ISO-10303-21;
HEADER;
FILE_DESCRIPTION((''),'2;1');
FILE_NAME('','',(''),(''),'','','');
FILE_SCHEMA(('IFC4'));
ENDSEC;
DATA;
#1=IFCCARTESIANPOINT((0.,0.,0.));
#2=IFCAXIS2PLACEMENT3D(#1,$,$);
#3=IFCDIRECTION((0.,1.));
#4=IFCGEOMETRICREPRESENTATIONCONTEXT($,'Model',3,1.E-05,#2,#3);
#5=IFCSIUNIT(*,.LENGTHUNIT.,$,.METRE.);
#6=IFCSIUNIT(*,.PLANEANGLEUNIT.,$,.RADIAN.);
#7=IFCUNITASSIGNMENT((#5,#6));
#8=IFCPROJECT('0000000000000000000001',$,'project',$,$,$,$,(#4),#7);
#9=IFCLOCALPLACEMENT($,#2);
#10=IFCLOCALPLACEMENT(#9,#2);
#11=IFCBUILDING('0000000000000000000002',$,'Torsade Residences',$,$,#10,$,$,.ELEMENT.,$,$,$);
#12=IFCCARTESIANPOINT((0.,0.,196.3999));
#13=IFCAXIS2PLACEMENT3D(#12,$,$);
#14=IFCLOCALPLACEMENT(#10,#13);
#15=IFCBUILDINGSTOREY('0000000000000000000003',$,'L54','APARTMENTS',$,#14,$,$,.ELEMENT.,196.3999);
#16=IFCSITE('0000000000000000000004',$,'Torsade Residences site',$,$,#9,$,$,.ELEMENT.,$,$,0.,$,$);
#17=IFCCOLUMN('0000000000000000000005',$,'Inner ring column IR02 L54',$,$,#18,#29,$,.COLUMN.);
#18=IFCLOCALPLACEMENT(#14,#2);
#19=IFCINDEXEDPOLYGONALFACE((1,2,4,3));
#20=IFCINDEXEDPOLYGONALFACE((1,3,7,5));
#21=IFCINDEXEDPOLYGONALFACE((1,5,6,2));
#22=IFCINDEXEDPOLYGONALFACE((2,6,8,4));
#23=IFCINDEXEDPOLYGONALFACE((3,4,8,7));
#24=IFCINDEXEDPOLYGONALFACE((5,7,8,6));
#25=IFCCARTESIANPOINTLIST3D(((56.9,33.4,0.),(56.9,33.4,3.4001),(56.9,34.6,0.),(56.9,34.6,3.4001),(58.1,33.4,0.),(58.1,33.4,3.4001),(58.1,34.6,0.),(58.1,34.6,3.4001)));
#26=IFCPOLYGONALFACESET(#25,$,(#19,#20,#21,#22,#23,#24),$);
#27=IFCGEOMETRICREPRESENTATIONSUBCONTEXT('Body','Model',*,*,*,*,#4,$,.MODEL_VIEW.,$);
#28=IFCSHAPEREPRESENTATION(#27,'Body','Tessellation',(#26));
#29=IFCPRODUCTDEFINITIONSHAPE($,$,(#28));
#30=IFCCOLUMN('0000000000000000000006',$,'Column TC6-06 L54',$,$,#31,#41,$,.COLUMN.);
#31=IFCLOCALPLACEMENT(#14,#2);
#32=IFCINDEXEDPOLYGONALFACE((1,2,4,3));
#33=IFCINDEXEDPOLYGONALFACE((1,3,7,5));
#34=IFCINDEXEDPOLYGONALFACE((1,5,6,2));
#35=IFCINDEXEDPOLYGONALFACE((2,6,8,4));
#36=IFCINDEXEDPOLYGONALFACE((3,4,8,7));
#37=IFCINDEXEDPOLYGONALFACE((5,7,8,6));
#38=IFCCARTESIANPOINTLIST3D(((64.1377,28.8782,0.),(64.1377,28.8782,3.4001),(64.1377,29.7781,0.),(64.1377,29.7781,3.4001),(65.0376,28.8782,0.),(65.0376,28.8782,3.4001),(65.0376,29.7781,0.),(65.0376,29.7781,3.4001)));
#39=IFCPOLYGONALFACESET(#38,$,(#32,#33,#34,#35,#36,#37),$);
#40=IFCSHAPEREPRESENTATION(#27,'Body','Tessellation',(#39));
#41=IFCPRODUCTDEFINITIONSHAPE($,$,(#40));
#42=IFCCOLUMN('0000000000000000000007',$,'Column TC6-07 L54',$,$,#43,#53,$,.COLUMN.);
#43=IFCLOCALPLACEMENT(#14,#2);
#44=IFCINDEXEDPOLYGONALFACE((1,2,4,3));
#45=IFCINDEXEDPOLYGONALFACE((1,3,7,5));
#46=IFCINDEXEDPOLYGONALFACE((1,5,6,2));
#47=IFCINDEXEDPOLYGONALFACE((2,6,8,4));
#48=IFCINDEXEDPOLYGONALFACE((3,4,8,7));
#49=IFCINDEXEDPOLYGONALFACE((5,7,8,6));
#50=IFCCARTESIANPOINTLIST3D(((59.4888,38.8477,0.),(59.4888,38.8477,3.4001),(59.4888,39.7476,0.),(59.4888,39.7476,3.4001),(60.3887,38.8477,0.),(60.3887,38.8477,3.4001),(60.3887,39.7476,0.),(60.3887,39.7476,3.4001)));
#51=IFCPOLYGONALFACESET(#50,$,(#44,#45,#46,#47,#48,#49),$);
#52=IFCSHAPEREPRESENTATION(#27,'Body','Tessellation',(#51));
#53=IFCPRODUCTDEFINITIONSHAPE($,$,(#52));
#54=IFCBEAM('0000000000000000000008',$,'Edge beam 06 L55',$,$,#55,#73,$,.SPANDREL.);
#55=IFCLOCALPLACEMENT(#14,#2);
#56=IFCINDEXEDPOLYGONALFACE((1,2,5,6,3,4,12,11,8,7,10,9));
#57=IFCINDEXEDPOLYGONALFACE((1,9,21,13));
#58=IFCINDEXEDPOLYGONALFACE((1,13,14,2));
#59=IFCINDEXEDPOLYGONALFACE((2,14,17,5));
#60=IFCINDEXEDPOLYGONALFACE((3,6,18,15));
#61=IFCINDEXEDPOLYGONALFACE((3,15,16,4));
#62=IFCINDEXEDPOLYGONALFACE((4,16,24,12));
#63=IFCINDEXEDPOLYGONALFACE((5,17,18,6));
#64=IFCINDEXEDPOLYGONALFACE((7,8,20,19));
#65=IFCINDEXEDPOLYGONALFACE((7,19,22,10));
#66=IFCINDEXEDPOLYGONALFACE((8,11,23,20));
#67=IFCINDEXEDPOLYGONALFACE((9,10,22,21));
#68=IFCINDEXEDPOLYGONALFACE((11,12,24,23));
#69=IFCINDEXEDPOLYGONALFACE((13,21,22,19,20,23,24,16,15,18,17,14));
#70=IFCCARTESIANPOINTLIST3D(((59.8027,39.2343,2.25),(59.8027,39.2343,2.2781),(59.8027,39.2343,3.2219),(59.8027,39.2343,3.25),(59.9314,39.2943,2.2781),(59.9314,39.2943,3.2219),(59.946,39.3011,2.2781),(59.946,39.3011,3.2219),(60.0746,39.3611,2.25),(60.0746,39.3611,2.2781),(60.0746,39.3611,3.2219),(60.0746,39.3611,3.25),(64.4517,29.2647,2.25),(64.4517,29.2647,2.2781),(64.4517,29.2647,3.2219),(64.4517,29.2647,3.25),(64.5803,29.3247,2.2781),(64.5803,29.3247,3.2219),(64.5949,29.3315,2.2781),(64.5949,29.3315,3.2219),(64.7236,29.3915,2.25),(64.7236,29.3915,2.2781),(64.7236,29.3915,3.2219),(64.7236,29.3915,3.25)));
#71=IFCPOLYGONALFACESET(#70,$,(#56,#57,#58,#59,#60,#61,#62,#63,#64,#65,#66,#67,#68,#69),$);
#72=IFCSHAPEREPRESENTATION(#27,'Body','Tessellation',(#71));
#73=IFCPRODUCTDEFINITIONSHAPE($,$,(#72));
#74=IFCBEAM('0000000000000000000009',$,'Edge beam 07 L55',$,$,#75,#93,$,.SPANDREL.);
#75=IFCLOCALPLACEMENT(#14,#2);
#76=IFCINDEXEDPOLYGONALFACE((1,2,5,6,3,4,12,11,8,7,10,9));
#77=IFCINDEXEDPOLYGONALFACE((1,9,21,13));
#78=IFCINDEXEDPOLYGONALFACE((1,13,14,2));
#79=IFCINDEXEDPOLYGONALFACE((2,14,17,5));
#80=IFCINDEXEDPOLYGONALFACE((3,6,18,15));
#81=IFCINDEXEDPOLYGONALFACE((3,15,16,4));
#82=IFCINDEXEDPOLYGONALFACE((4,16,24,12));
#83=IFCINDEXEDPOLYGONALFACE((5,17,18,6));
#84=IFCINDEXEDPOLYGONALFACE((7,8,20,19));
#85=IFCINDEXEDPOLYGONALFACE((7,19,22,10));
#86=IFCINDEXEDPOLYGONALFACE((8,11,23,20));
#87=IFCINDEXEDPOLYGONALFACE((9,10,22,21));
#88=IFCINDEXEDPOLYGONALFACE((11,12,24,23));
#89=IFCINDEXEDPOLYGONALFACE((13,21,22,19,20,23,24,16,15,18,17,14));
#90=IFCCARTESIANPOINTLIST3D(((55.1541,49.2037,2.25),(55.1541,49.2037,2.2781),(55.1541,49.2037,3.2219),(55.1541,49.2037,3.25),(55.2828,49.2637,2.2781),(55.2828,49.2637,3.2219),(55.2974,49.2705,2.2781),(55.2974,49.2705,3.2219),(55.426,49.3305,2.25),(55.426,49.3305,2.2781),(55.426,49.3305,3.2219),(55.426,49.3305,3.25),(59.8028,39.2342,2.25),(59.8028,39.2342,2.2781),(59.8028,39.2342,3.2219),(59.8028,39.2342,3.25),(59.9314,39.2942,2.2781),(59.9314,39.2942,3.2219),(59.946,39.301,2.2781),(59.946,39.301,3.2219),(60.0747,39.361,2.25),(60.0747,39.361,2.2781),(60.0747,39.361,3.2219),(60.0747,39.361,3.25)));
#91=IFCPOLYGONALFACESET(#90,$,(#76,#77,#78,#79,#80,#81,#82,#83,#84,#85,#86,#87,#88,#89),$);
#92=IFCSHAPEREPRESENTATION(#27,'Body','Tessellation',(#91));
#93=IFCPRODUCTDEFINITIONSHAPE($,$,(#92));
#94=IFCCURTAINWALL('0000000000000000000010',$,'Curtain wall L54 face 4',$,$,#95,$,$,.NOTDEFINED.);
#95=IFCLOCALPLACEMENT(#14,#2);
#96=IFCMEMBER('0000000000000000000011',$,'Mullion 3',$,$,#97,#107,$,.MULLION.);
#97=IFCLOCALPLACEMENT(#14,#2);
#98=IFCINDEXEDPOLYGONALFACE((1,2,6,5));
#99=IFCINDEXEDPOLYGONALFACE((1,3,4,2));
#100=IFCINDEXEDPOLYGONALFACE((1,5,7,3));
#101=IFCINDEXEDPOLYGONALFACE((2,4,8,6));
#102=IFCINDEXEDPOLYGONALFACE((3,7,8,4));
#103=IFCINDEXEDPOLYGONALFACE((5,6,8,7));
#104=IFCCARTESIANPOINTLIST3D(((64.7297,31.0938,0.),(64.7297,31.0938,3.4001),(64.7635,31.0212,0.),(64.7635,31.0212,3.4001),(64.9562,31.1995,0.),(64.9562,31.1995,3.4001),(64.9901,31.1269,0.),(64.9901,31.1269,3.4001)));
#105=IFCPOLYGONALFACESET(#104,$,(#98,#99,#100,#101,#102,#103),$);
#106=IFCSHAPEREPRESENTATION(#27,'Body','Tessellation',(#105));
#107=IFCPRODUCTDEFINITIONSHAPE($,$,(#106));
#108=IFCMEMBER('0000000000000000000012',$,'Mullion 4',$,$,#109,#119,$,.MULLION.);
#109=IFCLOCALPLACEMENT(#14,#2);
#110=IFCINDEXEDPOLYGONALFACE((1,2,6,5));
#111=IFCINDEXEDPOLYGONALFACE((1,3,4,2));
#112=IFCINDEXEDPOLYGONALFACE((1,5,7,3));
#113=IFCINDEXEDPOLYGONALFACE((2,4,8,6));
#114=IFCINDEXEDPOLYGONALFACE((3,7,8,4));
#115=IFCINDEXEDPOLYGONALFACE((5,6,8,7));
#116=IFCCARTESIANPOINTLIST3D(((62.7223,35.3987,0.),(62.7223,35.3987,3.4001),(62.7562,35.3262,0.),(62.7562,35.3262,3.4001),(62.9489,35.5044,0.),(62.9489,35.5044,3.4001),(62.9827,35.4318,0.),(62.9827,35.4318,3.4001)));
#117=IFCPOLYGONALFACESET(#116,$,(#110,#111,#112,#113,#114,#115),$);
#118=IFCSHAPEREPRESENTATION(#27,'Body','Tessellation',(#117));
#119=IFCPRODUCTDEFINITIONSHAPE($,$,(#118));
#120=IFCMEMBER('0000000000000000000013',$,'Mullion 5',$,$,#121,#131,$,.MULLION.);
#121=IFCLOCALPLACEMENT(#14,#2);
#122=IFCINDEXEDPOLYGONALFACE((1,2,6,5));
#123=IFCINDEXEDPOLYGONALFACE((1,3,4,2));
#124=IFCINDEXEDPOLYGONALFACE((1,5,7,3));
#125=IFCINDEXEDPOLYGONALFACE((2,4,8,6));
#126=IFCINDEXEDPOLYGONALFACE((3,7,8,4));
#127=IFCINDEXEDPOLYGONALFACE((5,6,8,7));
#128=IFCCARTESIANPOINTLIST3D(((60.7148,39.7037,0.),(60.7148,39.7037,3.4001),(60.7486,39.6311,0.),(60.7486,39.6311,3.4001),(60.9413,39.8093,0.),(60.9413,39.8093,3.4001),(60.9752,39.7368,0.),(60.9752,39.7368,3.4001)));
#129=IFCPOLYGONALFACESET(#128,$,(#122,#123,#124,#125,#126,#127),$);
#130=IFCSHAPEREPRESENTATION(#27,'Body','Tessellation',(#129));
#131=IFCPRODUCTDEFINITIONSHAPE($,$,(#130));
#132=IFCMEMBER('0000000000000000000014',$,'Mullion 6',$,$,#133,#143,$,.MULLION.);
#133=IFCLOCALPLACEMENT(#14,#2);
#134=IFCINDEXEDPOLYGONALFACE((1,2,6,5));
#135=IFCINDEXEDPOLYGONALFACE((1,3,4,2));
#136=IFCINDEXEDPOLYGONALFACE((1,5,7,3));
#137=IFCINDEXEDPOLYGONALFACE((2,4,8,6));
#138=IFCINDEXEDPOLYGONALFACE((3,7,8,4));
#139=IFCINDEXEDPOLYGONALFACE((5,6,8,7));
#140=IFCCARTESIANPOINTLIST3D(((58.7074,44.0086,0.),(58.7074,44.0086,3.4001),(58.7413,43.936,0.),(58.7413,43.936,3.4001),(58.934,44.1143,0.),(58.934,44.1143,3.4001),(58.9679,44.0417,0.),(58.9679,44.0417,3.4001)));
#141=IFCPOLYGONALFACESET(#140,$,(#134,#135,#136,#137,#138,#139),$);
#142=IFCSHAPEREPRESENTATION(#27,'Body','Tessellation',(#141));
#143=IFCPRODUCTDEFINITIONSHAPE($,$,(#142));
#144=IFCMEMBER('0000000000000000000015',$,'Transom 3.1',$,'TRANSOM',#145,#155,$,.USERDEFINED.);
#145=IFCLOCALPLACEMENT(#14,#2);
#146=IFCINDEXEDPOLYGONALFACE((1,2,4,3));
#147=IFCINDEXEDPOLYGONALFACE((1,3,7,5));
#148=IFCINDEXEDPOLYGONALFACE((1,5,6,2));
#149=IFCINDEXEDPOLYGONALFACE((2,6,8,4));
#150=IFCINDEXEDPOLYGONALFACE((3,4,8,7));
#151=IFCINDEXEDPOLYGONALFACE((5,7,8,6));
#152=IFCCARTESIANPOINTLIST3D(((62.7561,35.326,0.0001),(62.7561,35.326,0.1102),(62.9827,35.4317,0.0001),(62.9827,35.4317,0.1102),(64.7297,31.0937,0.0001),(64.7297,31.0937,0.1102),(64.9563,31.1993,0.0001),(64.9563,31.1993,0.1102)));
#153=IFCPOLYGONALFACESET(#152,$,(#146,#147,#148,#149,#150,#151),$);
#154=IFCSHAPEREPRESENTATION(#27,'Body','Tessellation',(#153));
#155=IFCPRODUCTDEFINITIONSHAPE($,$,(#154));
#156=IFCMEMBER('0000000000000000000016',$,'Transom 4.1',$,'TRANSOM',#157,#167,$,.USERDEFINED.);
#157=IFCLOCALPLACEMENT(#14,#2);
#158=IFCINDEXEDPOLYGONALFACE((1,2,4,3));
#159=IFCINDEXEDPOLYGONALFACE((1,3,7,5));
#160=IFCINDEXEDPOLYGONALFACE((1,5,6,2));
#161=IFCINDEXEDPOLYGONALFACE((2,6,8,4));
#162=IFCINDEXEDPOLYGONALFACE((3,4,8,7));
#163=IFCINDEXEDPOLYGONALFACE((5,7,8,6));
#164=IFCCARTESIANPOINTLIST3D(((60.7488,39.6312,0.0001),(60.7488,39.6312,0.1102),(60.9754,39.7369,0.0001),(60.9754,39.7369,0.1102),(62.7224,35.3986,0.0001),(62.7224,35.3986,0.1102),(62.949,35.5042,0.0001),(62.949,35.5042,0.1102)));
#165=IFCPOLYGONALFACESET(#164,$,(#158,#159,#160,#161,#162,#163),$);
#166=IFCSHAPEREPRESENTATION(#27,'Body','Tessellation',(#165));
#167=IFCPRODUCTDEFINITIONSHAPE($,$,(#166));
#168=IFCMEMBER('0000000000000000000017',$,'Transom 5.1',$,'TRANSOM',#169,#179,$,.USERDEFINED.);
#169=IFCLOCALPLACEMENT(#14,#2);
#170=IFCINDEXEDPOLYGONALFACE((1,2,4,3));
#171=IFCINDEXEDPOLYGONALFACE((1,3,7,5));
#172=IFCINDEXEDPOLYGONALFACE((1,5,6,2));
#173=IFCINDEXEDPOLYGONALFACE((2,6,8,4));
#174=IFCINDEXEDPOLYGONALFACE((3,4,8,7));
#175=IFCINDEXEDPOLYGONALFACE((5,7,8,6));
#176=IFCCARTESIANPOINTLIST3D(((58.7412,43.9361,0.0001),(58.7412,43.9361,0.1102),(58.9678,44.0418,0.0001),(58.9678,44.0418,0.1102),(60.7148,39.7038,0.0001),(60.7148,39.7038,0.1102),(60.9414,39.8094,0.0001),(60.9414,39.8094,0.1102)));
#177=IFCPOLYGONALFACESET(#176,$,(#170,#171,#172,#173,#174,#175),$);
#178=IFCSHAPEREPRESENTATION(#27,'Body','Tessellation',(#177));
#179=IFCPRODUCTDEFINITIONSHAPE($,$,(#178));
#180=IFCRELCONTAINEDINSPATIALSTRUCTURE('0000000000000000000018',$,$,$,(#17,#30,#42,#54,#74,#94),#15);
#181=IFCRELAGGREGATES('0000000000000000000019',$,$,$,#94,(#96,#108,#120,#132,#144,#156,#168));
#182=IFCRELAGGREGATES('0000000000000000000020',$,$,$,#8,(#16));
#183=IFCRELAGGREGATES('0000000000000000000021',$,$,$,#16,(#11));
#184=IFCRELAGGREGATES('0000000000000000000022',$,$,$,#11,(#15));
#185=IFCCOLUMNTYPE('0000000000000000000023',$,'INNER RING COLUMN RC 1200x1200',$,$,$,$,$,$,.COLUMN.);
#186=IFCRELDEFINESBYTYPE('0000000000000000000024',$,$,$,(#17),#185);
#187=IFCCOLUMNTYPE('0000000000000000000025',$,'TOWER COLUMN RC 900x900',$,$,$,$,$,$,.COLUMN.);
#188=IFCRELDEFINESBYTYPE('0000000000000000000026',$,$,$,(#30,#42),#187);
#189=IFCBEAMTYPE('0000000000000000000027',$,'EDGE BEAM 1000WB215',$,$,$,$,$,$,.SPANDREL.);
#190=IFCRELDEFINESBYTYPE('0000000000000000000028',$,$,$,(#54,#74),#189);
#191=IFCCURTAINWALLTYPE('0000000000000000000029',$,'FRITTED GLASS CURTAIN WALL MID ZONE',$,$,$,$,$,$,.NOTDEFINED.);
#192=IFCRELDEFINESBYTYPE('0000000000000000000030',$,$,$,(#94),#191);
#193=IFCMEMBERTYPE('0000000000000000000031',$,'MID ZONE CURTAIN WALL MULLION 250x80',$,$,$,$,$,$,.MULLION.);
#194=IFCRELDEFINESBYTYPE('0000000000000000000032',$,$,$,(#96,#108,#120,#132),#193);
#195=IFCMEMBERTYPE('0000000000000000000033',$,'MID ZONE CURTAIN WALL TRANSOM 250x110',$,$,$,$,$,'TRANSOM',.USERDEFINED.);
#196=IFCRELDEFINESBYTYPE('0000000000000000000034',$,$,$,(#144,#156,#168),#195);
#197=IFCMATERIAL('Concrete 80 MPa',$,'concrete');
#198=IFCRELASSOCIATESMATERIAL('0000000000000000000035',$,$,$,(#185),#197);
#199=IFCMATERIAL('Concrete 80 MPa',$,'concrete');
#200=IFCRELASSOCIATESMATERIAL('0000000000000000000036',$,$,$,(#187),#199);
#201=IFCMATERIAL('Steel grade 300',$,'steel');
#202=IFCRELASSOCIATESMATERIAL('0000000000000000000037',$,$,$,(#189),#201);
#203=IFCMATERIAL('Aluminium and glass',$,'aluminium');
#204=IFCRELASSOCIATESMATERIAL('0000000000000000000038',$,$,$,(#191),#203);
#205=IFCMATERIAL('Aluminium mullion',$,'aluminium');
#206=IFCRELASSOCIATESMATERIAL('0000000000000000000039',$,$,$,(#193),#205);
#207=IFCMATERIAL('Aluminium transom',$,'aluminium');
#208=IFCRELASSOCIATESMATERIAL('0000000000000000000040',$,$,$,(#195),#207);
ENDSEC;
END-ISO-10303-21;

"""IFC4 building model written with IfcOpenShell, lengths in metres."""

from ifc_helpers import new_model, si_unit, direction, frame, origin, origin_2d, place, context, subcontext, project, spatial, rectangle, i_section, extrude, material, material_profile, profile_set, type_object, element, aggregate, save


model = new_model("IFC4")

# Units and contexts
model_context = context("Model", 3, precision=1e-05, world=origin(), true_north=direction((0.0, 1.0)))
body_context = subcontext(model_context, "Body", "Model", "MODEL_VIEW")
ifc_project = project(units=[si_unit("LENGTHUNIT", "METRE"), si_unit("PLANEANGLEUNIT", "RADIAN")], contexts=[model_context])

# Site, building, storey
site_placement = place(None, origin())
site = spatial("IfcSite", under=ifc_project, at=site_placement, Name="Torsade Residences site", CompositionType="ELEMENT", RefElevation=0.0)
building_placement = place(site_placement, origin())
building = spatial("IfcBuilding", under=site, at=building_placement, Name="Torsade Residences", CompositionType="ELEMENT")
storey_placement = place(building_placement, frame((0.0, 0.0, 196.3999)))
storey = spatial("IfcBuildingStorey", under=building, at=storey_placement, Name="L54", Description="APARTMENTS", CompositionType="ELEMENT", Elevation=196.3999)

# Columns
ifc_material_1 = material(Name="Concrete 80 MPa", Category="concrete")
ifc_material_profile_1 = material_profile(ifc_material_1, rectangle(XDim=1.2, YDim=1.2, at=origin_2d()), Name="RC 1200x1200")
ifc_profile_set_1 = profile_set([ifc_material_profile_1], Name="Concrete 80 MPa")
column_type_1 = type_object("IfcColumnType", Name="INNER RING COLUMN RC 1200x1200", PredefinedType="COLUMN", material=ifc_profile_set_1)
column_placement = place(storey_placement, frame((57.5, 34.0, 0.0), z_axis=(0.0, 0.0, 1.0), x_axis=(1.0, 0.0, 0.0)))
element("IfcColumn", 1, at=column_placement, inside=storey, type_object=column_type_1, Name="Inner ring column IR02 L54", PredefinedType="COLUMN", context=body_context, shape_type="SweptSolid", body=[
    extrude(rectangle(XDim=1.2, YDim=1.2, at=origin_2d()), origin(), (0.0, 0.0, 1.0), 3.4001),
])
ifc_material_2 = material(Name="Concrete 80 MPa", Category="concrete")
ifc_material_profile_2 = material_profile(ifc_material_2, rectangle(XDim=0.8999, YDim=0.8999, at=origin_2d()), Name="RC 900x900")
ifc_profile_set_2 = profile_set([ifc_material_profile_2], Name="Concrete 80 MPa")
column_type_2 = type_object("IfcColumnType", Name="TOWER COLUMN RC 900x900", PredefinedType="COLUMN", material=ifc_profile_set_2)
for number, where, z_axis, x_axis, name in (
    (2, (64.5876, 29.3281, 0.0), (0.0, 0.0, 1.0), (1.0, 0.0, 0.0), "Column TC6-06 L54"),
    (3, (59.9387, 39.2976, 0.0), (0.0, 0.0, 1.0), (1.0, 0.0, 0.0), "Column TC6-07 L54"),
):
    element("IfcColumn", number, at=place(storey_placement, frame(where, z_axis=z_axis, x_axis=x_axis)), inside=storey, type_object=column_type_2, Name=name, PredefinedType="COLUMN", context=body_context, shape_type="SweptSolid", body=[
        extrude(rectangle(XDim=0.8999, YDim=0.8999, at=origin_2d()), origin(), (0.0, 0.0, 1.0), 3.4001),
    ])

# Beams
ifc_material_3 = material(Name="Steel grade 300", Category="steel")
ifc_material_profile_3 = material_profile(ifc_material_3, i_section(OverallWidth=0.3, OverallDepth=1.0, WebThickness=0.0161, FlangeThickness=0.0281, at=origin_2d()), Name="1000WB215")
ifc_profile_set_3 = profile_set([ifc_material_profile_3], Name="Steel grade 300")
beam_type_1 = type_object("IfcBeamType", Name="EDGE BEAM 1000WB215", PredefinedType="SPANDREL", material=ifc_profile_set_3)
beam_1_placement = place(storey_placement, frame((64.5876, 29.3281, 2.75), z_axis=(-0.422624, 0.906305, 0.0), x_axis=(-0.906305, -0.422624, 0.0)))
element("IfcBeam", 4, at=beam_1_placement, inside=storey, type_object=beam_type_1, Name="Edge beam 06 L55", PredefinedType="SPANDREL", context=body_context, shape_type="SweptSolid", body=[
    extrude(i_section(OverallWidth=0.3, OverallDepth=1.0, WebThickness=0.0161, FlangeThickness=0.0281, at=origin_2d()), origin(), (0.0, 0.0, 1.0), 11.0002),
])
beam_2_placement = place(storey_placement, frame((59.9387, 39.2976, 2.75), z_axis=(-0.422606, 0.906314, 0.0), x_axis=(-0.906314, -0.422606, 0.0)))
element("IfcBeam", 5, at=beam_2_placement, inside=storey, type_object=beam_type_1, Name="Edge beam 07 L55", PredefinedType="SPANDREL", context=body_context, shape_type="SweptSolid", body=[
    extrude(i_section(OverallWidth=0.3, OverallDepth=1.0, WebThickness=0.0161, FlangeThickness=0.0281, at=origin_2d()), origin(), (0.0, 0.0, 1.0), 11.0),
])

# Curtain wall, members
ifc_material_4 = material(Name="Aluminium and glass", Category="aluminium")
curtain_wall_type = type_object("IfcCurtainWallType", Name="FRITTED GLASS CURTAIN WALL MID ZONE", PredefinedType="NOTDEFINED", material=ifc_material_4)
curtain_wall_placement = place(storey_placement, origin())
curtain_wall = element("IfcCurtainWall", 6, at=curtain_wall_placement, inside=storey, type_object=curtain_wall_type, Name="Curtain wall L54 face 4", PredefinedType="NOTDEFINED")
ifc_material_5 = material(Name="Aluminium mullion", Category="aluminium")
ifc_material_profile_4 = material_profile(ifc_material_5, rectangle(XDim=0.25, YDim=0.0801, at=origin_2d()), Name="MID ZONE CURTAIN WALL MULLION 250x80")
ifc_profile_set_4 = profile_set([ifc_material_profile_4], Name="Aluminium mullion")
member_type_1 = type_object("IfcMemberType", Name="MID ZONE CURTAIN WALL MULLION 250x80", PredefinedType="MULLION", material=ifc_profile_set_4)
member_1_placement = place(storey_placement, frame((64.8599, 31.1104, 0.0), z_axis=(0.0, 0.0, 1.0), x_axis=(-0.906308, -0.422618, 0.0)))
member_1 = element("IfcMember", 7, at=member_1_placement, type_object=member_type_1, Name="Mullion 3", PredefinedType="MULLION", context=body_context, shape_type="SweptSolid", body=[
    extrude(rectangle(XDim=0.25, YDim=0.0801, at=origin_2d()), origin(), (0.0, 0.0, 1.0), 3.4001),
])
member_2_placement = place(storey_placement, frame((62.8525, 35.4153, 0.0), z_axis=(0.0, 0.0, 1.0), x_axis=(-0.906308, -0.422618, 0.0)))
member_2 = element("IfcMember", 8, at=member_2_placement, type_object=member_type_1, Name="Mullion 4", PredefinedType="MULLION", context=body_context, shape_type="SweptSolid", body=[
    extrude(rectangle(XDim=0.25, YDim=0.0801, at=origin_2d()), origin(), (0.0, 0.0, 1.0), 3.4001),
])
member_3_placement = place(storey_placement, frame((60.845, 39.7202, 0.0), z_axis=(0.0, 0.0, 1.0), x_axis=(-0.906308, -0.422618, 0.0)))
member_3 = element("IfcMember", 9, at=member_3_placement, type_object=member_type_1, Name="Mullion 5", PredefinedType="MULLION", context=body_context, shape_type="SweptSolid", body=[
    extrude(rectangle(XDim=0.25, YDim=0.0801, at=origin_2d()), origin(), (0.0, 0.0, 1.0), 3.4001),
])
member_4_placement = place(storey_placement, frame((58.8376, 44.0251, 0.0), z_axis=(0.0, 0.0, 1.0), x_axis=(-0.906308, -0.422618, 0.0)))
member_4 = element("IfcMember", 10, at=member_4_placement, type_object=member_type_1, Name="Mullion 6", PredefinedType="MULLION", context=body_context, shape_type="SweptSolid", body=[
    extrude(rectangle(XDim=0.25, YDim=0.0801, at=origin_2d()), origin(), (0.0, 0.0, 1.0), 3.4001),
])
ifc_material_6 = material(Name="Aluminium transom", Category="aluminium")
ifc_material_profile_5 = material_profile(ifc_material_6, rectangle(XDim=0.25, YDim=0.1101, at=origin_2d()), Name="MID ZONE CURTAIN WALL TRANSOM 250x110")
ifc_profile_set_5 = profile_set([ifc_material_profile_5], Name="Aluminium transom")
member_type_2 = type_object("IfcMemberType", Name="MID ZONE CURTAIN WALL TRANSOM 250x110", ElementType="TRANSOM", PredefinedType="USERDEFINED", material=ifc_profile_set_5)
member_5_placement = place(storey_placement, frame((64.843, 31.1465, 0.0552), z_axis=(-0.422622, 0.906306, 0.0), x_axis=(-0.906306, -0.422622, 0.0)))
member_5 = element("IfcMember", 11, at=member_5_placement, type_object=member_type_2, Name="Transom 3.1", ObjectType="TRANSOM", PredefinedType="USERDEFINED", context=body_context, shape_type="SweptSolid", body=[
    extrude(rectangle(XDim=0.25, YDim=0.1101, at=origin_2d()), origin(), (0.0, 0.0, 1.0), 4.6699),
])
member_6_placement = place(storey_placement, frame((62.8357, 35.4514, 0.0552), z_axis=(-0.422602, 0.906315, 0.0), x_axis=(-0.906315, -0.422602, 0.0)))
member_6 = element("IfcMember", 12, at=member_6_placement, type_object=member_type_2, Name="Transom 4.1", ObjectType="TRANSOM", PredefinedType="USERDEFINED", context=body_context, shape_type="SweptSolid", body=[
    extrude(rectangle(XDim=0.25, YDim=0.1101, at=origin_2d()), origin(), (0.0, 0.0, 1.0), 4.6702),
])
member_7_placement = place(storey_placement, frame((60.8281, 39.7566, 0.0552), z_axis=(-0.422622, 0.906306, 0.0), x_axis=(-0.906306, -0.422622, 0.0)))
member_7 = element("IfcMember", 13, at=member_7_placement, type_object=member_type_2, Name="Transom 5.1", ObjectType="TRANSOM", PredefinedType="USERDEFINED", context=body_context, shape_type="SweptSolid", body=[
    extrude(rectangle(XDim=0.25, YDim=0.1101, at=origin_2d()), origin(), (0.0, 0.0, 1.0), 4.6699),
])

aggregate(curtain_wall, [member_1, member_2, member_3, member_4, member_5, member_6, member_7])

save(model, "model.ifc")
